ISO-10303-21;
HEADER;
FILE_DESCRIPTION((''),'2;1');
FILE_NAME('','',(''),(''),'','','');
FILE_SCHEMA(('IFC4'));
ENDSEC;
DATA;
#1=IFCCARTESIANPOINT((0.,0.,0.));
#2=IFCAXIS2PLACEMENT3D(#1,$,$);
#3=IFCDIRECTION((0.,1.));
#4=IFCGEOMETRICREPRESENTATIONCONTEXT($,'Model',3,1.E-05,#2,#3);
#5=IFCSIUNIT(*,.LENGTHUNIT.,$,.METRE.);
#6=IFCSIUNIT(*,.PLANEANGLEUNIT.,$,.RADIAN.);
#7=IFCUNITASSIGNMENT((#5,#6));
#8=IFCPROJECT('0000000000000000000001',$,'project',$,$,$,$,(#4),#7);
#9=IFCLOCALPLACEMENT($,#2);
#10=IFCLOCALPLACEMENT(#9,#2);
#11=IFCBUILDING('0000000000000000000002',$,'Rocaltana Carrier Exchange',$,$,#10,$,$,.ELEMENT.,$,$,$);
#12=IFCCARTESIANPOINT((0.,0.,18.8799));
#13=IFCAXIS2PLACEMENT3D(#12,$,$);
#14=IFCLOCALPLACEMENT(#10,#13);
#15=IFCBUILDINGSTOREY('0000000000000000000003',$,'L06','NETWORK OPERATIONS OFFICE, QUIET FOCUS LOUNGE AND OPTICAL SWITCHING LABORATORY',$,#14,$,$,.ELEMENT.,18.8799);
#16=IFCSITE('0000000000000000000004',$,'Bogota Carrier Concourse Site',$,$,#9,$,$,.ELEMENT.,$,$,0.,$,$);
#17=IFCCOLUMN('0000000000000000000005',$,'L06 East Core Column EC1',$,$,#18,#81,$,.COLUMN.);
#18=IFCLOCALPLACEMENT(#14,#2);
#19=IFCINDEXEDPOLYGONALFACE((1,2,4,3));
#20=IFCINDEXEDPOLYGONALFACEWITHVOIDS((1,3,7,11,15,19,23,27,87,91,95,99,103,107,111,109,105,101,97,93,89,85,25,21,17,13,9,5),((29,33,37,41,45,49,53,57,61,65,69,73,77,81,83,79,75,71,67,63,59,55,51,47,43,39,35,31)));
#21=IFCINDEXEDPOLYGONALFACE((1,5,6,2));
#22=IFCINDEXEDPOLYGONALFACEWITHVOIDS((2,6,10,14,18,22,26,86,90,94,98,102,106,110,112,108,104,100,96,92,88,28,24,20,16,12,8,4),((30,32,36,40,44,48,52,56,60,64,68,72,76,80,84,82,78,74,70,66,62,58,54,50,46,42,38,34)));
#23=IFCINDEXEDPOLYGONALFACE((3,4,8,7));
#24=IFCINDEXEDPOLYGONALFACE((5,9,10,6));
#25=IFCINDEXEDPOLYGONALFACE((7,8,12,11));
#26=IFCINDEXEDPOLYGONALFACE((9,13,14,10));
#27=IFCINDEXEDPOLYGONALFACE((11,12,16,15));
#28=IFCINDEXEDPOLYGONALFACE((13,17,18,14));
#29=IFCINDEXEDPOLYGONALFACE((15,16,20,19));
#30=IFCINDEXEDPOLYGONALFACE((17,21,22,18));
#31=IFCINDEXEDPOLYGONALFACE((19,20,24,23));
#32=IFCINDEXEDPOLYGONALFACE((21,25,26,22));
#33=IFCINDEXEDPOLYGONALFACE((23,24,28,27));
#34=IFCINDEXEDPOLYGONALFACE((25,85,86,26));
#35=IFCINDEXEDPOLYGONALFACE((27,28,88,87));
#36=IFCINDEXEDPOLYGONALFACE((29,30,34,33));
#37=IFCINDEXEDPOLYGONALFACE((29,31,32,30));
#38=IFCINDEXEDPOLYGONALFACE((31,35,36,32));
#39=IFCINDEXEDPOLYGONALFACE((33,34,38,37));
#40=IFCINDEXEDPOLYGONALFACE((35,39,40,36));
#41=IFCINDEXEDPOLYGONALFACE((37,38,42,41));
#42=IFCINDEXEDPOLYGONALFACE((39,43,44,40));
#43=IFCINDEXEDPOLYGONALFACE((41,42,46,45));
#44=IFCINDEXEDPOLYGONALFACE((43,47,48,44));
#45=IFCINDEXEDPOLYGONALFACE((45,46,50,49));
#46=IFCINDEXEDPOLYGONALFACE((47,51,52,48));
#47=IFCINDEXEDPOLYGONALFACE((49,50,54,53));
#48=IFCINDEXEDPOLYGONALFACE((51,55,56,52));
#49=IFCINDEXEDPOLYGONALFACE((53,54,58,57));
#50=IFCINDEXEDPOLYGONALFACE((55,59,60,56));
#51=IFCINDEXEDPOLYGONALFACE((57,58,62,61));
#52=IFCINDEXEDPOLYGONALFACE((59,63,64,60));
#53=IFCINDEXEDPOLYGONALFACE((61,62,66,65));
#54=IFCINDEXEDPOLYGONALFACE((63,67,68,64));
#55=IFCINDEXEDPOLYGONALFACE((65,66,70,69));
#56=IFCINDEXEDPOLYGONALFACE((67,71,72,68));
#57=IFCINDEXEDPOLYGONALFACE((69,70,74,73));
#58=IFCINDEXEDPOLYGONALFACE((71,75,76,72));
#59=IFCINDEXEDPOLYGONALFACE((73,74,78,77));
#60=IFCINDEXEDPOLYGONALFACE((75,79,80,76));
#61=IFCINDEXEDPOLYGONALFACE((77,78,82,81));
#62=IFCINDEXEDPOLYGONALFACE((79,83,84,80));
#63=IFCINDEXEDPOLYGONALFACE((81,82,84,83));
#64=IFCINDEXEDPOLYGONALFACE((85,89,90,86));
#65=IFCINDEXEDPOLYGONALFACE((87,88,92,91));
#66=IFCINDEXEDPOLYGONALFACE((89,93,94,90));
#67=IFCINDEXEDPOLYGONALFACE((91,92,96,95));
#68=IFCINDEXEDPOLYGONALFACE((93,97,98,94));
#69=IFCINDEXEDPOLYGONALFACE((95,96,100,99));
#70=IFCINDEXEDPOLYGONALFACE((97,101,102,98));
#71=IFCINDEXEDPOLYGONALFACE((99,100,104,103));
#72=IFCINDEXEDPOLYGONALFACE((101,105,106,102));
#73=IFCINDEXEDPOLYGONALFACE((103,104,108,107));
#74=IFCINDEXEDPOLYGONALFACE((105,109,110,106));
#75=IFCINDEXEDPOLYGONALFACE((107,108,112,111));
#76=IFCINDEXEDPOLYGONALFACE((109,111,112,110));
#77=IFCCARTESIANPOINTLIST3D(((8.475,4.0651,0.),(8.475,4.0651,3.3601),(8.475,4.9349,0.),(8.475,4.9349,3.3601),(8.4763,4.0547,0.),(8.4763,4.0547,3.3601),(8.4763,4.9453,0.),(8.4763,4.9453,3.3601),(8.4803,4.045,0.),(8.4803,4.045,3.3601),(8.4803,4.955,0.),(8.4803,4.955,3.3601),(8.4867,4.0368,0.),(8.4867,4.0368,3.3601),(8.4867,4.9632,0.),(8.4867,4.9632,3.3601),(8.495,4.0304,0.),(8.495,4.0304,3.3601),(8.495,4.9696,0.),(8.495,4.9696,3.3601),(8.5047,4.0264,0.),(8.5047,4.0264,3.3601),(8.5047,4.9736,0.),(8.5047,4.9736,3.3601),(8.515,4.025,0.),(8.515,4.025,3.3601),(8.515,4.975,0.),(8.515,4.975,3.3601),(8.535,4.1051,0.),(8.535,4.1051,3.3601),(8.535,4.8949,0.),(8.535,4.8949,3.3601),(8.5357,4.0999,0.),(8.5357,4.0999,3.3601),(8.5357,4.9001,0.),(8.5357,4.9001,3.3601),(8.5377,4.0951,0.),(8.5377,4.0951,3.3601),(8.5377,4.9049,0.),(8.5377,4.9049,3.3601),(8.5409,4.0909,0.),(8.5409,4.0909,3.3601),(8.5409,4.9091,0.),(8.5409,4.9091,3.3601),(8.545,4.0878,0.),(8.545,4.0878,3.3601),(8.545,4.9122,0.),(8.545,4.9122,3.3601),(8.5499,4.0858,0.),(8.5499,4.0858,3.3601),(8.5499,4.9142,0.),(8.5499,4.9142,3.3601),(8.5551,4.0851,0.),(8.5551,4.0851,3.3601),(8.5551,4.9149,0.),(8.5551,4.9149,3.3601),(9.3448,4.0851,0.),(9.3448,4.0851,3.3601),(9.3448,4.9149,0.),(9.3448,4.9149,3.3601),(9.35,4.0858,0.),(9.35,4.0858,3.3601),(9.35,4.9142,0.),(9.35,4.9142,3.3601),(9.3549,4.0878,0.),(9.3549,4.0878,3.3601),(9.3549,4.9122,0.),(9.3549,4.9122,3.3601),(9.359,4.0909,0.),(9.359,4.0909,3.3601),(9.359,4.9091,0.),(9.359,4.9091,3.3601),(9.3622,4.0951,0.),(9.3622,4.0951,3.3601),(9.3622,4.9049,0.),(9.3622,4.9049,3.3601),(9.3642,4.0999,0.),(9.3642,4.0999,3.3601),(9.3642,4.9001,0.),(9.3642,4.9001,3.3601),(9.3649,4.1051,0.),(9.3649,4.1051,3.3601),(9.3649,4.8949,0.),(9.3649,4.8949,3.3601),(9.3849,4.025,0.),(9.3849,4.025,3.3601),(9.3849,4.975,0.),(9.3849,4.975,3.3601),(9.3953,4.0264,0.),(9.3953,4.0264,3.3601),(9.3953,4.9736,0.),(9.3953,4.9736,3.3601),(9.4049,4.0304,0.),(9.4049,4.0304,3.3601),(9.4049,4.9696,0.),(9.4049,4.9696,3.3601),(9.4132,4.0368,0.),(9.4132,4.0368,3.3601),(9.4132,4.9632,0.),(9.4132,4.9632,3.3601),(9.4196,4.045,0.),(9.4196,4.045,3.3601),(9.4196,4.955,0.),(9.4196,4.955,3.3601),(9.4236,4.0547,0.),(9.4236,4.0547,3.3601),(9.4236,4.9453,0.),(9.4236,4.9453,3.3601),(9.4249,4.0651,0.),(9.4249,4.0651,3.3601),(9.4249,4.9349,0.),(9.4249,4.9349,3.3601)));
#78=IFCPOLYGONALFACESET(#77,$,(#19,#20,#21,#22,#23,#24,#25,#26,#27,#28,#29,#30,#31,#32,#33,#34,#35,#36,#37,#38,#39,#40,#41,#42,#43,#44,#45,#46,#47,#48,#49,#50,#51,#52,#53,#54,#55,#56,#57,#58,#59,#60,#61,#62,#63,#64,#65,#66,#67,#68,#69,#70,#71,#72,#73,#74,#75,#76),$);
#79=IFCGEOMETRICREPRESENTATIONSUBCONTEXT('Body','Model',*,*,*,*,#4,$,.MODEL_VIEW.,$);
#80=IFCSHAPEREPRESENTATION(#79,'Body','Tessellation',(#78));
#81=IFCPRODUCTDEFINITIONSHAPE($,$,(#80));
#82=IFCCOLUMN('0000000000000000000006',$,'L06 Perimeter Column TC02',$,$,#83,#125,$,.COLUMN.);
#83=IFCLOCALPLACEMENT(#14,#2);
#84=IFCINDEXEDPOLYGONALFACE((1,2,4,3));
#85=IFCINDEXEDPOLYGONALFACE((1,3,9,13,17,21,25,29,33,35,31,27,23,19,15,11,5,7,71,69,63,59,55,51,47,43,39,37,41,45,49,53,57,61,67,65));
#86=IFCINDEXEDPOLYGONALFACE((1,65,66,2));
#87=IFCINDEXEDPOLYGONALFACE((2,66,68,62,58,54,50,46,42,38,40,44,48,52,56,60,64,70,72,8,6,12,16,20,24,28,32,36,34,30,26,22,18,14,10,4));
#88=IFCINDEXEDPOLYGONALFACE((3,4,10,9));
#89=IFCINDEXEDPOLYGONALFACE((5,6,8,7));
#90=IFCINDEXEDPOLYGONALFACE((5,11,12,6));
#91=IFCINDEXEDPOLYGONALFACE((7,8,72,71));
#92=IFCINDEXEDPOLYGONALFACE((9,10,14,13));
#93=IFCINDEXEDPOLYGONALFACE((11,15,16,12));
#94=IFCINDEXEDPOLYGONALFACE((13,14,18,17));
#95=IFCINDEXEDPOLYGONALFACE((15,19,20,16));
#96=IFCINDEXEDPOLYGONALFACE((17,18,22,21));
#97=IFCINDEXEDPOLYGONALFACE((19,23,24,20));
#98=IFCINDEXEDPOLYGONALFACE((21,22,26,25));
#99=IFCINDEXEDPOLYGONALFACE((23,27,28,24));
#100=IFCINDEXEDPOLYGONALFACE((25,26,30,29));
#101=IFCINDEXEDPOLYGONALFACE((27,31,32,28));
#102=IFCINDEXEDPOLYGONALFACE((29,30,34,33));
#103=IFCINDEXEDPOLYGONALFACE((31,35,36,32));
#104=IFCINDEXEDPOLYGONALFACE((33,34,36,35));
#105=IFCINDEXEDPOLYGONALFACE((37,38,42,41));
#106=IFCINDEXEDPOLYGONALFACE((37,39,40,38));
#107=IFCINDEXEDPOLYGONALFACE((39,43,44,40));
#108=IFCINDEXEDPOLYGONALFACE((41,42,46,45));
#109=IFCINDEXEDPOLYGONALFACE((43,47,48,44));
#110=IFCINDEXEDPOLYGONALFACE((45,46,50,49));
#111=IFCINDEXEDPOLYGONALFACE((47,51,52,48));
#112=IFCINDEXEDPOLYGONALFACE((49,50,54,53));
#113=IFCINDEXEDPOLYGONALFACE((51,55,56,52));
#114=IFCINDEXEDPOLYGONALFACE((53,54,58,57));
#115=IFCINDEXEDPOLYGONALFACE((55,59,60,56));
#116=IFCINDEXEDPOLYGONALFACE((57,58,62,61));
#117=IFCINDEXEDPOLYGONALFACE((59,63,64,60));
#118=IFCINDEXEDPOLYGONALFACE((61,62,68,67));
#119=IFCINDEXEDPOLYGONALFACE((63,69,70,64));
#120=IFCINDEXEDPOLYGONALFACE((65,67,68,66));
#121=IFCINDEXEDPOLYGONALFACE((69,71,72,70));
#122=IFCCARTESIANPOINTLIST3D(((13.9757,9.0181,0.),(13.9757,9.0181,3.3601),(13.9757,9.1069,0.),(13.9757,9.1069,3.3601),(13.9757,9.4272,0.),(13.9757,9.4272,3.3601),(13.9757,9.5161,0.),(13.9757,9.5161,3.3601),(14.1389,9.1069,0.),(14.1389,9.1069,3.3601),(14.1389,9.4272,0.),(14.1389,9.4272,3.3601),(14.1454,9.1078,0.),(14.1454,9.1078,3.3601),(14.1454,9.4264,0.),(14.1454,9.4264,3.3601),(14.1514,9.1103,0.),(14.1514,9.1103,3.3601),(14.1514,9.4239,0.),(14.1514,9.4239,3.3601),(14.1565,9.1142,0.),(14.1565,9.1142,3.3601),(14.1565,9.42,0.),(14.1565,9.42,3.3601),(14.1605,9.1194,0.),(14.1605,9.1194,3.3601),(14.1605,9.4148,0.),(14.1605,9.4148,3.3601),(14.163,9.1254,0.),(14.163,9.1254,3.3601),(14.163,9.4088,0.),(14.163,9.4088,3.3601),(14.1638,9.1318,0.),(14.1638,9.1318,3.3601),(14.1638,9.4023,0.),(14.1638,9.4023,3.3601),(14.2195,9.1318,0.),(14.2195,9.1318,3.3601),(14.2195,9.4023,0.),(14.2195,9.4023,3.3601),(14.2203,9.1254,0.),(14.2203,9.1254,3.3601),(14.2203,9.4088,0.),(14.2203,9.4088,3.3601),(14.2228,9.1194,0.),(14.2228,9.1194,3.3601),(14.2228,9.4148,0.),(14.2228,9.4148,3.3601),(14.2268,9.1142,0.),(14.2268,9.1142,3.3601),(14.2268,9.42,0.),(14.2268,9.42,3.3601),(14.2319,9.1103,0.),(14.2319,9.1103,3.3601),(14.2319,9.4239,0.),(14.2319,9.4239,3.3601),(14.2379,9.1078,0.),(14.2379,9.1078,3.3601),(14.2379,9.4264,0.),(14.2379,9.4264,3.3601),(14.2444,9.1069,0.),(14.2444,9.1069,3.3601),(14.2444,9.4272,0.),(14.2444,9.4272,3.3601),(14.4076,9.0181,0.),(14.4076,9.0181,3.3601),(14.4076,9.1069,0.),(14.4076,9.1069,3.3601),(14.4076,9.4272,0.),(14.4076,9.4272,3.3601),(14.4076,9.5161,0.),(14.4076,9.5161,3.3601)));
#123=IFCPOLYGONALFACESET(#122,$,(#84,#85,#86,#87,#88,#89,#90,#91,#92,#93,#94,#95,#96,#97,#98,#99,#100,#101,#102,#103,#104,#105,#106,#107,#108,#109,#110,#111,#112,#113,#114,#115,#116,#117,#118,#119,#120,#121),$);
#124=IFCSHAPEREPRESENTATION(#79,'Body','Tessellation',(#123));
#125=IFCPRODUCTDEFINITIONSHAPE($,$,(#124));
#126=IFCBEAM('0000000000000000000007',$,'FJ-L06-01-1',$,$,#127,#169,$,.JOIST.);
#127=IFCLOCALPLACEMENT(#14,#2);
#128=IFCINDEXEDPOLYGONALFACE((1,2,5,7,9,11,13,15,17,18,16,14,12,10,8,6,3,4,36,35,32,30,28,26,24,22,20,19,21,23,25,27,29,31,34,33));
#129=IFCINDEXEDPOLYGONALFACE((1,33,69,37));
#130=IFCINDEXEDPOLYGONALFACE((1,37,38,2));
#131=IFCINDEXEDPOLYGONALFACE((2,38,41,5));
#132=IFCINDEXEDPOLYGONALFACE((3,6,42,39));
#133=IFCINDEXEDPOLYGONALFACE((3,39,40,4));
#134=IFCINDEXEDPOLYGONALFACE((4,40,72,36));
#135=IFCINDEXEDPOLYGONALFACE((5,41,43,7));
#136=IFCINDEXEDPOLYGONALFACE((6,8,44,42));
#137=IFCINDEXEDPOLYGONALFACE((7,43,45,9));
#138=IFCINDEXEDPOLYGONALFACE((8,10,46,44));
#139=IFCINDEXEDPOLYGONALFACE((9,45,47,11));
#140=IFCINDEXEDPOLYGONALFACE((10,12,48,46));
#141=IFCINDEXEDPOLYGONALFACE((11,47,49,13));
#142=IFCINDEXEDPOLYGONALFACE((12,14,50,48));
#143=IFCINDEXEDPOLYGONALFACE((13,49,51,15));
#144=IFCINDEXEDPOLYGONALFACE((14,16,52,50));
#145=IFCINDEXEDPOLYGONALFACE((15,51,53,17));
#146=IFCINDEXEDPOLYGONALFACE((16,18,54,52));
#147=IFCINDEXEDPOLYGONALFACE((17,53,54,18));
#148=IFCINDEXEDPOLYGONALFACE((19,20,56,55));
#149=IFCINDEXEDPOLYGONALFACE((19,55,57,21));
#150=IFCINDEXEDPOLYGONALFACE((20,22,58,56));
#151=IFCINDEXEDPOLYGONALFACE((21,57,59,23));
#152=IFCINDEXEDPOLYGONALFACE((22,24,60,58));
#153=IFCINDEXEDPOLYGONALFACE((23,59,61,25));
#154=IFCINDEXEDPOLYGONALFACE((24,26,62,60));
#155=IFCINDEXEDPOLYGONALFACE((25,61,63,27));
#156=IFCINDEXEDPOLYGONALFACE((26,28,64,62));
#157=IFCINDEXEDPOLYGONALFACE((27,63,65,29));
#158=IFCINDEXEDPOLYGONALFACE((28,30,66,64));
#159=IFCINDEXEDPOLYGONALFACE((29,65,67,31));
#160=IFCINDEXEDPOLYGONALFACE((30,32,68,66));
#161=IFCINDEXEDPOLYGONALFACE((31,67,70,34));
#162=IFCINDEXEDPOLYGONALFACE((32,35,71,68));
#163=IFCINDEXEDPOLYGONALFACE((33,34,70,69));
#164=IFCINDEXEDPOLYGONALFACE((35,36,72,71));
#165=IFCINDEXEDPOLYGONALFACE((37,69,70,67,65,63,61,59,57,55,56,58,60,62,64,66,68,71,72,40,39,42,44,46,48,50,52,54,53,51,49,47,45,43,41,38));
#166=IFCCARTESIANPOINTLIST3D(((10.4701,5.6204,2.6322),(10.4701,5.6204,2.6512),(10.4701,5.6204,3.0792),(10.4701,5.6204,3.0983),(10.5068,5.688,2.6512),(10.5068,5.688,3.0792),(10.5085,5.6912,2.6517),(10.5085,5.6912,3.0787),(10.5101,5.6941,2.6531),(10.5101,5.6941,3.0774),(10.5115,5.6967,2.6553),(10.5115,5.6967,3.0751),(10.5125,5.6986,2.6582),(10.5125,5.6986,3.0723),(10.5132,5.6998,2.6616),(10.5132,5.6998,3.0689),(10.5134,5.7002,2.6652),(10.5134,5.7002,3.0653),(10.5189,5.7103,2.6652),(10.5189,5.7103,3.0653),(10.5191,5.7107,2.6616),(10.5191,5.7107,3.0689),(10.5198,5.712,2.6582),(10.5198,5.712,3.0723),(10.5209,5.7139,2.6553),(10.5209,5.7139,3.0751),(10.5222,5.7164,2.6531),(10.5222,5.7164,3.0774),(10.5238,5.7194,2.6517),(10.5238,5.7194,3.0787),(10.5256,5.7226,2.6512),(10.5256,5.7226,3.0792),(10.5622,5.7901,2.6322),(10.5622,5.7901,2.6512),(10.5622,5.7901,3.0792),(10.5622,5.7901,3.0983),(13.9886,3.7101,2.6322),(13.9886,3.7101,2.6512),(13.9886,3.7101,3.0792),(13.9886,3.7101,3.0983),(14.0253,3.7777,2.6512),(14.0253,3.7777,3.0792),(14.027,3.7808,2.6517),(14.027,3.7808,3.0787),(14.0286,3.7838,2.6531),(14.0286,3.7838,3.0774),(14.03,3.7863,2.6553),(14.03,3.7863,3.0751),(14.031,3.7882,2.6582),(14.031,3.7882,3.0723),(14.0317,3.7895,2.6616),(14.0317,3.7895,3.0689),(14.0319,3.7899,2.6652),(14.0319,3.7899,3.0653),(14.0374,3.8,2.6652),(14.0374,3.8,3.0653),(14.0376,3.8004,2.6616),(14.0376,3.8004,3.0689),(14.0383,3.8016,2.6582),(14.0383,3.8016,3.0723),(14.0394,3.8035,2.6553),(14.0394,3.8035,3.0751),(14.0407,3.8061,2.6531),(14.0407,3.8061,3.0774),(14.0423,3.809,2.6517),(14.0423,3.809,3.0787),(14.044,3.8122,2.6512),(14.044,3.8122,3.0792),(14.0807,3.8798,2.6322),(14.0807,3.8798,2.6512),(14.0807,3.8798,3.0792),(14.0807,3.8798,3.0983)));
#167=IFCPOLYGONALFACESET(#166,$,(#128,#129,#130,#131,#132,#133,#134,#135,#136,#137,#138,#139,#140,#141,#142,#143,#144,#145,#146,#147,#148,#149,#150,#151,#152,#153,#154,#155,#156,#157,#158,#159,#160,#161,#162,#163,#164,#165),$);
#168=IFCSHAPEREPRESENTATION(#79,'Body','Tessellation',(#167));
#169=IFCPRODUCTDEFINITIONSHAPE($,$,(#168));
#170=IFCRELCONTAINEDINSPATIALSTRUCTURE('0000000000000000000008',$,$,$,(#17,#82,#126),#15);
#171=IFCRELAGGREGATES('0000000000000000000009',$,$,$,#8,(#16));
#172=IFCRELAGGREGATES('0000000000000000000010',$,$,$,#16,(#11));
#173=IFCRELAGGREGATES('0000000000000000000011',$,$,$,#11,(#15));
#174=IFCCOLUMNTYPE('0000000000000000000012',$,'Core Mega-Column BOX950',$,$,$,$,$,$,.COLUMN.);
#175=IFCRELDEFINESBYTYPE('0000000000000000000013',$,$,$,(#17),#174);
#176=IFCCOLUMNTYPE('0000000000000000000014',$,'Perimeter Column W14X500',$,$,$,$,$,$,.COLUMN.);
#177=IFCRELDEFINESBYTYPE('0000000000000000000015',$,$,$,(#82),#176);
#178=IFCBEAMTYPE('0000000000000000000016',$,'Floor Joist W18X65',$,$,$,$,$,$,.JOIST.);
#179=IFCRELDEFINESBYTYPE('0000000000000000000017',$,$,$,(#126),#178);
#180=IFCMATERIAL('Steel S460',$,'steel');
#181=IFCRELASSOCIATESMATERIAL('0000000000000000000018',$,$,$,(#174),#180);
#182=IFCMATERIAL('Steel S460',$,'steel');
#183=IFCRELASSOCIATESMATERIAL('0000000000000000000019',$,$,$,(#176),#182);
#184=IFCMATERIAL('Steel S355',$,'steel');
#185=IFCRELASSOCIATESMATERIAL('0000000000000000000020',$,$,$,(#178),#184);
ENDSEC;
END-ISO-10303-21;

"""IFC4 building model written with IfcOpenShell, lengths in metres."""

from ifc_helpers import new_model, si_unit, direction, frame, origin, origin_2d, place, context, subcontext, project, spatial, hollow_rectangle, i_section, extrude, material, material_profile, profile_set, type_object, element, save


model = new_model("IFC4")

# Units and contexts
model_context = context("Model", 3, precision=1e-05, world=origin(), true_north=direction((0.0, 1.0)))
body_context = subcontext(model_context, "Body", "Model", "MODEL_VIEW")
ifc_project = project(units=[si_unit("LENGTHUNIT", "METRE"), si_unit("PLANEANGLEUNIT", "RADIAN")], contexts=[model_context])

# Site, building, storey
site_placement = place(None, origin())
site = spatial("IfcSite", under=ifc_project, at=site_placement, Name="Bogota Carrier Concourse Site", CompositionType="ELEMENT", RefElevation=0.0)
building_placement = place(site_placement, origin())
building = spatial("IfcBuilding", under=site, at=building_placement, Name="Rocaltana Carrier Exchange", CompositionType="ELEMENT")
storey_placement = place(building_placement, frame((0.0, 0.0, 18.8799)))
storey = spatial("IfcBuildingStorey", under=building, at=storey_placement, Name="L06", Description="NETWORK OPERATIONS OFFICE, QUIET FOCUS LOUNGE AND OPTICAL SWITCHING LABORATORY", CompositionType="ELEMENT", Elevation=18.8799)

# Columns
ifc_material_1 = material(Name="Steel S460", Category="steel")
ifc_material_profile_1 = material_profile(ifc_material_1, hollow_rectangle(XDim=0.95, YDim=0.95, WallThickness=0.0601, InnerFilletRadius=0.02, OuterFilletRadius=0.04, at=origin_2d()), Name="BOX950X950X60")
ifc_profile_set_1 = profile_set([ifc_material_profile_1], Name="Steel S460")
column_type_1 = type_object("IfcColumnType", Name="Core Mega-Column BOX950", PredefinedType="COLUMN", material=ifc_profile_set_1)
column_1_placement = place(storey_placement, frame((8.95, 4.5, 0.0), z_axis=(0.0, 0.0, 1.0), x_axis=(1.0, 0.0, 0.0)))
element("IfcColumn", 1, at=column_1_placement, inside=storey, type_object=column_type_1, Name="L06 East Core Column EC1", PredefinedType="COLUMN", context=body_context, shape_type="SweptSolid", body=[
    extrude(hollow_rectangle(XDim=0.95, YDim=0.95, WallThickness=0.0601, InnerFilletRadius=0.02, OuterFilletRadius=0.04, at=origin_2d()), origin(), (0.0, 0.0, 1.0), 3.3601),
])
ifc_material_2 = material(Name="Steel S460", Category="steel")
ifc_material_profile_2 = material_profile(ifc_material_2, i_section(OverallWidth=0.4319, OverallDepth=0.498, WebThickness=0.0557, FlangeThickness=0.0889, FilletRadius=0.0249, at=origin_2d()), Name="W14X500")
ifc_profile_set_2 = profile_set([ifc_material_profile_2], Name="Steel S460")
column_type_2 = type_object("IfcColumnType", Name="Perimeter Column W14X500", PredefinedType="COLUMN", material=ifc_profile_set_2)
column_2_placement = place(storey_placement, frame((14.1917, 9.2671, 0.0), z_axis=(0.0, 0.0, 1.0), x_axis=(1.0, 0.0, 0.0)))
element("IfcColumn", 2, at=column_2_placement, inside=storey, type_object=column_type_2, Name="L06 Perimeter Column TC02", PredefinedType="COLUMN", context=body_context, shape_type="SweptSolid", body=[
    extrude(i_section(OverallWidth=0.4319, OverallDepth=0.498, WebThickness=0.0557, FlangeThickness=0.0889, FilletRadius=0.0249, at=origin_2d()), origin(), (0.0, 0.0, 1.0), 3.3601),
])

# Beam
ifc_material_3 = material(Name="Steel S355", Category="steel")
ifc_material_profile_3 = material_profile(ifc_material_3, i_section(OverallWidth=0.1931, OverallDepth=0.4661, WebThickness=0.0115, FlangeThickness=0.019, FilletRadius=0.0139, at=origin_2d()), Name="W18X65")
ifc_profile_set_3 = profile_set([ifc_material_profile_3], Name="Steel S355")
beam_type_1 = type_object("IfcBeamType", Name="Floor Joist W18X65", PredefinedType="JOIST", material=ifc_profile_set_3)
beam_1_placement = place(storey_placement, frame((14.0347, 3.7949, 2.8652), z_axis=(-0.878819, 0.477155, 0.0), x_axis=(-0.477155, -0.878819, 0.0)))
element("IfcBeam", 3, at=beam_1_placement, inside=storey, type_object=beam_type_1, Name="FJ-L06-01-1", PredefinedType="JOIST", context=body_context, shape_type="SweptSolid", body=[
    extrude(i_section(OverallWidth=0.1931, OverallDepth=0.4661, WebThickness=0.0115, FlangeThickness=0.019, FilletRadius=0.0139, at=origin_2d()), origin(), (0.0, 0.0, 1.0), 4.0037),
])

save(model, "model.ifc")
